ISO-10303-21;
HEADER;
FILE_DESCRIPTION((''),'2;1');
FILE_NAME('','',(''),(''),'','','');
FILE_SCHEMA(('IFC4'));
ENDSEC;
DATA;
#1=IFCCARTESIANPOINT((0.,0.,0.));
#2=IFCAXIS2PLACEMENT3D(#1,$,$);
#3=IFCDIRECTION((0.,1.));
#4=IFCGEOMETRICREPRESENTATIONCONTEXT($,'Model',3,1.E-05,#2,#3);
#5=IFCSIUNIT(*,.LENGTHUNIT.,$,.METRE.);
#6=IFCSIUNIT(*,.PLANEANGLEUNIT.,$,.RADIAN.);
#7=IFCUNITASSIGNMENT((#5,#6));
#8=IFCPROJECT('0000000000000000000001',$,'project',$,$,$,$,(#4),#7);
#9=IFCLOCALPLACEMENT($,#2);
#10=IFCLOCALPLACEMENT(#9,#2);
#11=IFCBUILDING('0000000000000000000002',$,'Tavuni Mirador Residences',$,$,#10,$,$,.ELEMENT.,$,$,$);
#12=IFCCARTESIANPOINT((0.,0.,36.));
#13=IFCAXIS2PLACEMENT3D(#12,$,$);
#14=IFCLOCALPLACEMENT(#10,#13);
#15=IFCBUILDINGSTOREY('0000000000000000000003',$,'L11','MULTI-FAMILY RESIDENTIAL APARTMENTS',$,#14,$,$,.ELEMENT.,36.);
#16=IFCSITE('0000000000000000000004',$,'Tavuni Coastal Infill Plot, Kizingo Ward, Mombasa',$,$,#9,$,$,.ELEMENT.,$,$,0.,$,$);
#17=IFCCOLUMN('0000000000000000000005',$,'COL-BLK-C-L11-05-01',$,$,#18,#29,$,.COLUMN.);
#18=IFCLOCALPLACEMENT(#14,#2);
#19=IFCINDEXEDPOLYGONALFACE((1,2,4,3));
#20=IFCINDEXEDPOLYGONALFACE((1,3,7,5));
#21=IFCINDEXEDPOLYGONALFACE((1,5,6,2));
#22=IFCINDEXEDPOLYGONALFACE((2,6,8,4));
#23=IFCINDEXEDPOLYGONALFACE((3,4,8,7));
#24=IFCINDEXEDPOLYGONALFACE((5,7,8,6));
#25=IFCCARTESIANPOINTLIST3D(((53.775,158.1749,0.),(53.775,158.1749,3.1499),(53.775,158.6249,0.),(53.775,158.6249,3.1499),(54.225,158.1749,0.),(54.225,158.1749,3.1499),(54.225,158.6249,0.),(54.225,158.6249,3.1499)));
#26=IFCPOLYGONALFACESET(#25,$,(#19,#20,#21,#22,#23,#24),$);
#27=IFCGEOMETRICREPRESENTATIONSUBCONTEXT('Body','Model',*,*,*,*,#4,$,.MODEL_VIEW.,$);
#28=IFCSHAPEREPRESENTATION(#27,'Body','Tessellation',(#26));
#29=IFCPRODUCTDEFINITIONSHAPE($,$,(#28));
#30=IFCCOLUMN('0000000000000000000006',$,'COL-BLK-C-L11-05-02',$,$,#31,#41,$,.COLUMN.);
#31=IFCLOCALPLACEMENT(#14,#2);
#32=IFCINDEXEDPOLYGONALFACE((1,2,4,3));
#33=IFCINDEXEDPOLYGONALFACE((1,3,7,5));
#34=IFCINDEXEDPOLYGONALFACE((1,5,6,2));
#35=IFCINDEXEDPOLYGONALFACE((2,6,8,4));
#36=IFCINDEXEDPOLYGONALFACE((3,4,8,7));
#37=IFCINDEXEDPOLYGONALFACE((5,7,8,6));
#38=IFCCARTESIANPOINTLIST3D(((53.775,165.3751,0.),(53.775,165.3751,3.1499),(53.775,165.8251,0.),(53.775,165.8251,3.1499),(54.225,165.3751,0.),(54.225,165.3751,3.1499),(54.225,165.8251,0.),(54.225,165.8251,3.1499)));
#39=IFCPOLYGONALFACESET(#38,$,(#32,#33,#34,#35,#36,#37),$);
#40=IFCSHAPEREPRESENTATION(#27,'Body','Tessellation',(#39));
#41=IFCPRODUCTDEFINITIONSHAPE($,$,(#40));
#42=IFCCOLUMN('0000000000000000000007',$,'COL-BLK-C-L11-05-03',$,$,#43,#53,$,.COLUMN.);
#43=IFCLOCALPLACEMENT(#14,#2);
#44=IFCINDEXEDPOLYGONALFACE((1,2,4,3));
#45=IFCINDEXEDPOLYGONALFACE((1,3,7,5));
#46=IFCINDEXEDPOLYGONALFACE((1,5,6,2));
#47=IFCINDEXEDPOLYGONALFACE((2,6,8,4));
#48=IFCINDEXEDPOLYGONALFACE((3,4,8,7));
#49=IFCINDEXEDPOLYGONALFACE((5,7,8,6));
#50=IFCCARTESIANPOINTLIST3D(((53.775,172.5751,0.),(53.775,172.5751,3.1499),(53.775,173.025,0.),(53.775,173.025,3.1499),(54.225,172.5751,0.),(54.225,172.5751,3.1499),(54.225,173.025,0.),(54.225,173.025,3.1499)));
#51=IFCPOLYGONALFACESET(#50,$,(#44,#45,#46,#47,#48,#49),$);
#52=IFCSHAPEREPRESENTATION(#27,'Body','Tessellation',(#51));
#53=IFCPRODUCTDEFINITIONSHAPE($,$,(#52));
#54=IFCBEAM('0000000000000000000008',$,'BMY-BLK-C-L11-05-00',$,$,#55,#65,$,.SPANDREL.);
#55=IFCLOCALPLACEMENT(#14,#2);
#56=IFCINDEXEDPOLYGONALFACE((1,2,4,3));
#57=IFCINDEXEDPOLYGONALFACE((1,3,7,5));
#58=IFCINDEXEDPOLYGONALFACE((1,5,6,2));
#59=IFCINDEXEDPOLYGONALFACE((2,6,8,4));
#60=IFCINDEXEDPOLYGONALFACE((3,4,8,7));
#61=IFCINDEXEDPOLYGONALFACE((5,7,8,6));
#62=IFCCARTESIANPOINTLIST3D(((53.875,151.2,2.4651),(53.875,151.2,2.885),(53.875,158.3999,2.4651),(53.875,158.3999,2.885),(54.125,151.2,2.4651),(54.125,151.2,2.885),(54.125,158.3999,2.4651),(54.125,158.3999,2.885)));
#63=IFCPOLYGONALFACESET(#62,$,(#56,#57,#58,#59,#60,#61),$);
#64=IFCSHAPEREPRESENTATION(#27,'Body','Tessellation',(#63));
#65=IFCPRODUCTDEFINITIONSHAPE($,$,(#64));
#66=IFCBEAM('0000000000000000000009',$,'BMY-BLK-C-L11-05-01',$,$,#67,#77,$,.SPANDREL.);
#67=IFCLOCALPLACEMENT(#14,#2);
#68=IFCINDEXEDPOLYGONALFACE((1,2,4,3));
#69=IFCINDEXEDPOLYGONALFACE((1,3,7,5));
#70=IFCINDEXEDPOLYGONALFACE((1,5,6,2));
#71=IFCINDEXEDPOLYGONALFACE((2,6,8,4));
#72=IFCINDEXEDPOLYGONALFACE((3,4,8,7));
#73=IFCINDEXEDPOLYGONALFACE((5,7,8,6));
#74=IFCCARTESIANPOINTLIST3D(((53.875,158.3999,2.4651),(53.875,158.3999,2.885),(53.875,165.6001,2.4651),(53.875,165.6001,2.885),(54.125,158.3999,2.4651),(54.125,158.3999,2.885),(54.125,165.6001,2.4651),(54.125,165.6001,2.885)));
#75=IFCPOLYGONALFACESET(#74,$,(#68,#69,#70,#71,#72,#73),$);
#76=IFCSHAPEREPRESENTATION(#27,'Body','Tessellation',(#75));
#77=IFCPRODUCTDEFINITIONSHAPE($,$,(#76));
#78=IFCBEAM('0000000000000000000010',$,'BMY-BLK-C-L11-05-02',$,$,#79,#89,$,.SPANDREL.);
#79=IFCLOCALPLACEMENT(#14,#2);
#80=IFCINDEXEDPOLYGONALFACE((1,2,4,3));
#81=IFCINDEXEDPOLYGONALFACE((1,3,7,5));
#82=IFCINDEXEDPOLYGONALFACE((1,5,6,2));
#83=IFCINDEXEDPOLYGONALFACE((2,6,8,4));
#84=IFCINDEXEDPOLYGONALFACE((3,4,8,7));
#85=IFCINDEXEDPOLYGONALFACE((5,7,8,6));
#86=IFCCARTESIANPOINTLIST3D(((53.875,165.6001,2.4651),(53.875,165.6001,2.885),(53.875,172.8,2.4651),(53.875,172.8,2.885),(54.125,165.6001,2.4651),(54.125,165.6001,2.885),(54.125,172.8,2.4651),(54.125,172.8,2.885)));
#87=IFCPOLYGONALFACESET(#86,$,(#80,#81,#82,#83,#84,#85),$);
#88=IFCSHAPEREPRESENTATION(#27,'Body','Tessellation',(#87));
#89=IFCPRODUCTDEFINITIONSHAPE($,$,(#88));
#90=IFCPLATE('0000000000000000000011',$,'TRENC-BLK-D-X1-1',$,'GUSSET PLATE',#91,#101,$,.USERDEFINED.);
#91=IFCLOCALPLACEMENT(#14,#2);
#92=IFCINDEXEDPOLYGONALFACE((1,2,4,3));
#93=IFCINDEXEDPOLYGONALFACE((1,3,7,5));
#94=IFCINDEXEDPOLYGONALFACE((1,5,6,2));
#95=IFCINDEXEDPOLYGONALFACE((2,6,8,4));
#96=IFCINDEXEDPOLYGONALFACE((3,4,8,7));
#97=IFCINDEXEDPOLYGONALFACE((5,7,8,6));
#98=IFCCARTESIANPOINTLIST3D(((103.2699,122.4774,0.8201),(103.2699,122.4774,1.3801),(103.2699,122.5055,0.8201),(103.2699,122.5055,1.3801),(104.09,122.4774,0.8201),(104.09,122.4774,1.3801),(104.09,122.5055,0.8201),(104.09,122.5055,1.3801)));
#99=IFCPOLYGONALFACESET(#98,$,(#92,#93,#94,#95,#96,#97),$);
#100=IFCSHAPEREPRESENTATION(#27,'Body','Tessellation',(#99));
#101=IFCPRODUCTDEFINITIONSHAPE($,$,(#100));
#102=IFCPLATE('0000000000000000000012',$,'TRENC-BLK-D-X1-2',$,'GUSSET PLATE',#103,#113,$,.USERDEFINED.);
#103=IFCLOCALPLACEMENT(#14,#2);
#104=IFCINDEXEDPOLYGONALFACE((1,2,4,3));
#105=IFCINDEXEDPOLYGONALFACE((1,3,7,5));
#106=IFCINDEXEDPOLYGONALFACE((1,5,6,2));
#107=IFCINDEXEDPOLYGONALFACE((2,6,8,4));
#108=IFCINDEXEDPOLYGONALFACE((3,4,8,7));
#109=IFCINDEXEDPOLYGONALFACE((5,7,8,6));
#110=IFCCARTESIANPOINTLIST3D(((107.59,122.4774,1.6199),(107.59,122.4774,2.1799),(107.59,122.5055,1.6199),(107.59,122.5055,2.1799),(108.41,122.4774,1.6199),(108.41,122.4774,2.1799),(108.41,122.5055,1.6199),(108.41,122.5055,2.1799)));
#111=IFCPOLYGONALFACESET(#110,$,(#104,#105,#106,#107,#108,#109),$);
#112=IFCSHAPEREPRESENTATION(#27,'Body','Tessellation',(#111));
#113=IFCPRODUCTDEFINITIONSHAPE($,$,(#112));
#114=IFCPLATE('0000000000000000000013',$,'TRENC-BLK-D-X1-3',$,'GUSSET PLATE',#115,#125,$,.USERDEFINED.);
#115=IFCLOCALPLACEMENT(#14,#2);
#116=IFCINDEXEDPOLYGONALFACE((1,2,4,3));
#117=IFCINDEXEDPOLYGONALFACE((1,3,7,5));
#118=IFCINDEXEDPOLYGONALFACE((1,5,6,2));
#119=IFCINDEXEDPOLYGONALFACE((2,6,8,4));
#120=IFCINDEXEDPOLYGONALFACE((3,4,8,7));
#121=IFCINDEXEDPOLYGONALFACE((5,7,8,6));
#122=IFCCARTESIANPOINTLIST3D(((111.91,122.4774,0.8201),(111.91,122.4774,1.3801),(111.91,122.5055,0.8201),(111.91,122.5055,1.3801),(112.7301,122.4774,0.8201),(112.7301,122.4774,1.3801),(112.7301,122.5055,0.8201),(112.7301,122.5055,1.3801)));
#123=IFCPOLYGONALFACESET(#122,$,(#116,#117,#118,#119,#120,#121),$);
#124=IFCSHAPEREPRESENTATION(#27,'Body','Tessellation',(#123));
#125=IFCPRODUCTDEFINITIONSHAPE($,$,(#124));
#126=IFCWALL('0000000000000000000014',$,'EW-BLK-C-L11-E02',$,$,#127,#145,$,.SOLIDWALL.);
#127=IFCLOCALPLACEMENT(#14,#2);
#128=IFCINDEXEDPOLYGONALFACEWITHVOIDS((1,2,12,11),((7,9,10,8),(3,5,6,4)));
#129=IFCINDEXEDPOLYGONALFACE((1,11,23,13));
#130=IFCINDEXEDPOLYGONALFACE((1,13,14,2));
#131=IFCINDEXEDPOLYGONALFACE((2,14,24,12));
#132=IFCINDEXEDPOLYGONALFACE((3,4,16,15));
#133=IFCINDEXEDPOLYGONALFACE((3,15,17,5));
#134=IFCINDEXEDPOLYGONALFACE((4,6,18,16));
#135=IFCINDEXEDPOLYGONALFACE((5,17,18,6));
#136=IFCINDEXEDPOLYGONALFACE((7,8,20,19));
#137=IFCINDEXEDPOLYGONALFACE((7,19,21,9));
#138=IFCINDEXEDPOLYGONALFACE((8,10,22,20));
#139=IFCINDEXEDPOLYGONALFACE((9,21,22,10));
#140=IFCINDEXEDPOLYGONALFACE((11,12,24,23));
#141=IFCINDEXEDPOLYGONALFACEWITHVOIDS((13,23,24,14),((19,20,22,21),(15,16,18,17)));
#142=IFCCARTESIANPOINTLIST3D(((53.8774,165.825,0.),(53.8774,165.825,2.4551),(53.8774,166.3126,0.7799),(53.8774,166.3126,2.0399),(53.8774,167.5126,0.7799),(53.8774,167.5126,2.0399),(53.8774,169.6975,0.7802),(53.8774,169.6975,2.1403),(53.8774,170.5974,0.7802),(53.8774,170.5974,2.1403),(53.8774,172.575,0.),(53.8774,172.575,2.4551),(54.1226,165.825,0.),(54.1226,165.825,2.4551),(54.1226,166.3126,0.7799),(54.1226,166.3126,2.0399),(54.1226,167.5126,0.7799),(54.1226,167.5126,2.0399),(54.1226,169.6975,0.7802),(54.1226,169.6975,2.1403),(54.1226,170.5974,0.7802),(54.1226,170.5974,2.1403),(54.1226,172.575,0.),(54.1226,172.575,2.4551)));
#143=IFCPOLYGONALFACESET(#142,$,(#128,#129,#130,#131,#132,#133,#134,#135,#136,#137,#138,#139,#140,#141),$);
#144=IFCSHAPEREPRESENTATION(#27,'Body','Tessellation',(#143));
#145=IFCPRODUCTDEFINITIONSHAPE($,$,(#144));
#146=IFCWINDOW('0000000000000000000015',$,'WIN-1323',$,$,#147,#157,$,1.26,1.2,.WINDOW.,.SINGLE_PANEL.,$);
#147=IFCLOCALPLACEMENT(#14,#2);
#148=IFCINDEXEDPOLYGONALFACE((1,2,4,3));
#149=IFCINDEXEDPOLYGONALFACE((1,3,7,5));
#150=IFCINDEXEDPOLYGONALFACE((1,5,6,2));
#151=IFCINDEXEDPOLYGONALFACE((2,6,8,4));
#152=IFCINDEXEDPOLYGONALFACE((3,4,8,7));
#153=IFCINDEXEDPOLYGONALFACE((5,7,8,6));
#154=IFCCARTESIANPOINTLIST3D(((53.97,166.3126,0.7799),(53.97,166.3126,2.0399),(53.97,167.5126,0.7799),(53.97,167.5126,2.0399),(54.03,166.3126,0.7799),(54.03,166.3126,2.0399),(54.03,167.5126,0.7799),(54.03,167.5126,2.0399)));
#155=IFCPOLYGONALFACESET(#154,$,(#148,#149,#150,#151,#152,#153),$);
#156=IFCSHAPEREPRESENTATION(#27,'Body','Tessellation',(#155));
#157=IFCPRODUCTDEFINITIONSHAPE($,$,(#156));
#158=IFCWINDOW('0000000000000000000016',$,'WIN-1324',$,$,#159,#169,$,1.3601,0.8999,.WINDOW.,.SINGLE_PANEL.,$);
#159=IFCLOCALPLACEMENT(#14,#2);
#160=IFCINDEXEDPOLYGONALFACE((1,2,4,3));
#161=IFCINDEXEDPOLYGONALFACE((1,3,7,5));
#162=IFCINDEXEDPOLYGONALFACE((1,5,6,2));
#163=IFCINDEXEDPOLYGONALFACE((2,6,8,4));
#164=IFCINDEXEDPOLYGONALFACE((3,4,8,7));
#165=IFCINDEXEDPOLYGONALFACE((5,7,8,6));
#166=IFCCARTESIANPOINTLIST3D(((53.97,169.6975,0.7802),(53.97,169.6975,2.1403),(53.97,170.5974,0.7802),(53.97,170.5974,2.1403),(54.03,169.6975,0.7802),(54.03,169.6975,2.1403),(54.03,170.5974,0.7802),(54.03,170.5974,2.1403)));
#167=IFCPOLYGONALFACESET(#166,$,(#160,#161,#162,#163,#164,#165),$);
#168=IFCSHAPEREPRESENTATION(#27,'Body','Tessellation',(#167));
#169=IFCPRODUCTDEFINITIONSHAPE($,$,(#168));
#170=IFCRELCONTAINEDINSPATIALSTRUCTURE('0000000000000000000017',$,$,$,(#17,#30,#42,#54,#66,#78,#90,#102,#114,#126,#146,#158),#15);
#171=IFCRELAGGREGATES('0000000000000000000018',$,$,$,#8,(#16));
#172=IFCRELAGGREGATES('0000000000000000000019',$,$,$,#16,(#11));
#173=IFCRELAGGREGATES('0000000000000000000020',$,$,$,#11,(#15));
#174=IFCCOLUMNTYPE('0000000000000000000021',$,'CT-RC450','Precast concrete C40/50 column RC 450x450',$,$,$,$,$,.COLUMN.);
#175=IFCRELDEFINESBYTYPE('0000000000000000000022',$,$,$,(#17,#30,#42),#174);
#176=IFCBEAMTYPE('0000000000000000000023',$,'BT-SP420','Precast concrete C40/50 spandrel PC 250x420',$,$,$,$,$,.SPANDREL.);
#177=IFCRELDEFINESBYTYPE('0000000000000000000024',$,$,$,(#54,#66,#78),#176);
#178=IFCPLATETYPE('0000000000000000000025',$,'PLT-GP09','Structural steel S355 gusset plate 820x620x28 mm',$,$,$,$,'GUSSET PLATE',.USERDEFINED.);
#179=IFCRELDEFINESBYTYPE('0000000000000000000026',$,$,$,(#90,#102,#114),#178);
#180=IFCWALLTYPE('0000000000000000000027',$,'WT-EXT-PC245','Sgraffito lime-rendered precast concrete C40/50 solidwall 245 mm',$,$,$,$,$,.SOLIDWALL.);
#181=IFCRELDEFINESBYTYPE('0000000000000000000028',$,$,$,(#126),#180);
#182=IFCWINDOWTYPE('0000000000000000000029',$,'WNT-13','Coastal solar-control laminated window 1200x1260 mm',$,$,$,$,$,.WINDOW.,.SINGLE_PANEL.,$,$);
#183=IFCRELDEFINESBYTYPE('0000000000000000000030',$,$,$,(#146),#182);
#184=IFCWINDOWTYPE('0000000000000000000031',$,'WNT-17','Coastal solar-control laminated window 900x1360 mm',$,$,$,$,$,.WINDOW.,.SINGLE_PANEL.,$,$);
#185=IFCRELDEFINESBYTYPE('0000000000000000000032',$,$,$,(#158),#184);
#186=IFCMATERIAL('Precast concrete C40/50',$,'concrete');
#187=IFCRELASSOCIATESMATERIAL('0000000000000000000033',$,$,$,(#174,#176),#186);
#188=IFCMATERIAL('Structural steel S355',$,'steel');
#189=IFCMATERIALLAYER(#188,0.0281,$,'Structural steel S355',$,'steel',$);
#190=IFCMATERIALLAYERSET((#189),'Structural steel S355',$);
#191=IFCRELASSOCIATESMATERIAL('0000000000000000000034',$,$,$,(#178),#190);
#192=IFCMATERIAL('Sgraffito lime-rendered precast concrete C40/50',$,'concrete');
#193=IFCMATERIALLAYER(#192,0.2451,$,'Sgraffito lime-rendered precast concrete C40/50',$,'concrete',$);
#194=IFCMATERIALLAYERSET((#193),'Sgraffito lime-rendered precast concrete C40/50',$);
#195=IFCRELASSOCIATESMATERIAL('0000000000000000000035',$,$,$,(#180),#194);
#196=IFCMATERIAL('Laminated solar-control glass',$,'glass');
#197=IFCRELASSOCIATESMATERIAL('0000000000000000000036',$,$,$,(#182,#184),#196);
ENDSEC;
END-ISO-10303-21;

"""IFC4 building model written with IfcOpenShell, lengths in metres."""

from ifc_helpers import new_model, si_unit, direction, frame, frame_2d, origin, origin_2d, place, context, subcontext, project, spatial, rectangle, extrude, material, layer, layer_set, material_profile, profile_set, type_object, element, fill, save


model = new_model("IFC4")

# Units and contexts
model_context = context("Model", 3, precision=1e-05, world=origin(), true_north=direction((0.0, 1.0)))
body_context = subcontext(model_context, "Body", "Model", "MODEL_VIEW")
ifc_project = project(units=[si_unit("LENGTHUNIT", "METRE"), si_unit("PLANEANGLEUNIT", "RADIAN")], contexts=[model_context])

# Site, building, storey
site_placement = place(None, origin())
site = spatial("IfcSite", under=ifc_project, at=site_placement, Name="Tavuni Coastal Infill Plot, Kizingo Ward, Mombasa", CompositionType="ELEMENT", RefElevation=0.0)
building_placement = place(site_placement, origin())
building = spatial("IfcBuilding", under=site, at=building_placement, Name="Tavuni Mirador Residences", CompositionType="ELEMENT")
storey_placement = place(building_placement, frame((0.0, 0.0, 36.0)))
storey = spatial("IfcBuildingStorey", under=building, at=storey_placement, Name="L11", Description="MULTI-FAMILY RESIDENTIAL APARTMENTS", CompositionType="ELEMENT", Elevation=36.0)

# Columns
ifc_material_1 = material(Name="Precast concrete C40/50", Category="concrete")
ifc_material_profile_1 = material_profile(ifc_material_1, rectangle(XDim=0.45, YDim=0.45, at=origin_2d()), Name="RC 450x450", Category="concrete")
ifc_profile_set_1 = profile_set([ifc_material_profile_1], Name="Precast concrete C40/50")
column_type = type_object("IfcColumnType", Name="CT-RC450", Description="Precast concrete C40/50 column RC 450x450", PredefinedType="COLUMN", material=ifc_profile_set_1)
for number, where, z_axis, x_axis, name in (
    (1, (54.0, 158.3999, 0.0), (0.0, 0.0, 1.0), (1.0, 0.0, 0.0), "COL-BLK-C-L11-05-01"),
    (2, (54.0, 165.6001, 0.0), (0.0, 0.0, 1.0), (1.0, 0.0, 0.0), "COL-BLK-C-L11-05-02"),
    (3, (54.0, 172.8, 0.0), (0.0, 0.0, 1.0), (1.0, 0.0, 0.0), "COL-BLK-C-L11-05-03"),
):
    element("IfcColumn", number, at=place(storey_placement, frame(where, z_axis=z_axis, x_axis=x_axis)), inside=storey, type_object=column_type, Name=name, PredefinedType="COLUMN", context=body_context, shape_type="SweptSolid", body=[
        extrude(rectangle(XDim=0.45, YDim=0.45, at=origin_2d()), origin(), (0.0, 0.0, 1.0), 3.1499),
    ])

# Beams
ifc_material_profile_2 = material_profile(ifc_material_1, rectangle(XDim=0.25, YDim=0.4199, at=origin_2d()), Name="PC 250x420", Category="concrete")
ifc_profile_set_2 = profile_set([ifc_material_profile_2], Name="Precast concrete C40/50")
beam_type = type_object("IfcBeamType", Name="BT-SP420", Description="Precast concrete C40/50 spandrel PC 250x420", PredefinedType="SPANDREL", material=ifc_profile_set_2)
beam_1_placement = place(storey_placement, frame((54.0, 151.2, 2.675), z_axis=(0.0, 1.0, 0.0), x_axis=(-1.0, 0.0, 0.0)))
element("IfcBeam", 4, at=beam_1_placement, inside=storey, type_object=beam_type, Name="BMY-BLK-C-L11-05-00", PredefinedType="SPANDREL", context=body_context, shape_type="SweptSolid", body=[
    extrude(rectangle(XDim=0.25, YDim=0.4199, at=origin_2d()), origin(), (0.0, 0.0, 1.0), 7.2),
])
beam_2_placement = place(storey_placement, frame((54.0, 158.3999, 2.675), z_axis=(0.0, 1.0, 0.0), x_axis=(-1.0, 0.0, 0.0)))
element("IfcBeam", 5, at=beam_2_placement, inside=storey, type_object=beam_type, Name="BMY-BLK-C-L11-05-01", PredefinedType="SPANDREL", context=body_context, shape_type="SweptSolid", body=[
    extrude(rectangle(XDim=0.25, YDim=0.4199, at=origin_2d()), origin(), (0.0, 0.0, 1.0), 7.2002),
])
beam_3_placement = place(storey_placement, frame((54.0, 165.6001, 2.675), z_axis=(0.0, 1.0, 0.0), x_axis=(-1.0, 0.0, 0.0)))
element("IfcBeam", 6, at=beam_3_placement, inside=storey, type_object=beam_type, Name="BMY-BLK-C-L11-05-02", PredefinedType="SPANDREL", context=body_context, shape_type="SweptSolid", body=[
    extrude(rectangle(XDim=0.25, YDim=0.4199, at=origin_2d()), origin(), (0.0, 0.0, 1.0), 7.2),
])

# Plates
ifc_material_2 = material(Name="Structural steel S355", Category="steel")
ifc_layer_1 = layer(ifc_material_2, 0.0281, Name="Structural steel S355", Category="steel")
ifc_layer_set_1 = layer_set([ifc_layer_1], Name="Structural steel S355")
plate_type = type_object("IfcPlateType", Name="PLT-GP09", Description="Structural steel S355 gusset plate 820x620x28 mm", ElementType="GUSSET PLATE", PredefinedType="USERDEFINED", material=ifc_layer_set_1)
for number, where, z_axis, x_axis, name in (
    (7, (103.6799, 122.4915, 0.8201), (0.0, 0.0, 1.0), (1.0, 0.0, 0.0), "TRENC-BLK-D-X1-1"),
    (8, (108.0, 122.4915, 1.6199), (0.0, 0.0, 1.0), (1.0, 0.0, 0.0), "TRENC-BLK-D-X1-2"),
    (9, (112.3201, 122.4915, 0.8201), (0.0, 0.0, 1.0), (1.0, 0.0, 0.0), "TRENC-BLK-D-X1-3"),
):
    element("IfcPlate", number, at=place(storey_placement, frame(where, z_axis=z_axis, x_axis=x_axis)), inside=storey, type_object=plate_type, Name=name, ObjectType="GUSSET PLATE", PredefinedType="USERDEFINED", context=body_context, shape_type="SweptSolid", body=[
        extrude(rectangle(XDim=0.8201, YDim=0.0281, at=origin_2d()), origin(), (0.0, 0.0, 1.0), 0.5601),
    ])

# Wall, openings, windows
ifc_material_3 = material(Name="Sgraffito lime-rendered precast concrete C40/50", Category="concrete")
ifc_layer_2 = layer(ifc_material_3, 0.2451, Name="Sgraffito lime-rendered precast concrete C40/50", Category="concrete")
ifc_layer_set_2 = layer_set([ifc_layer_2], Name="Sgraffito lime-rendered precast concrete C40/50")
wall_type_1 = type_object("IfcWallType", Name="WT-EXT-PC245", Description="Sgraffito lime-rendered precast concrete C40/50 solidwall 245 mm", PredefinedType="SOLIDWALL", material=ifc_layer_set_2)
wall_1_placement = place(storey_placement, frame((54.0, 165.825, 0.0), z_axis=(0.0, 0.0, 1.0), x_axis=(0.0, 1.0, 0.0)))
wall_1 = element("IfcWall", 10, at=wall_1_placement, inside=storey, type_object=wall_type_1, Name="EW-BLK-C-L11-E02", PredefinedType="SOLIDWALL", context=body_context, shape_type="SweptSolid", body=[
    extrude(rectangle(XDim=6.75, YDim=0.2451, at=frame_2d((3.375, 0.0))), origin(), (0.0, 0.0, 1.0), 2.4551),
])
opening_1_placement = place(wall_1_placement, frame((0.4875, 0.0, 0.78)))
opening_1 = element("IfcOpeningElement", 11, at=opening_1_placement, cuts=wall_1, PredefinedType="OPENING", context=body_context, shape_type="SweptSolid", body=[
    extrude(rectangle(XDim=1.2, YDim=1.26, at=frame_2d((0.6001, 0.6299))), frame((0.0, 0.1326, 0.0), z_axis=(0.0, -1.0, 0.0), x_axis=(1.0, 0.0, 0.0)), (0.0, 0.0, 1.0), 0.2651),
])
opening_2_placement = place(wall_1_placement, frame((3.8726, 0.0, 0.78)))
opening_2 = element("IfcOpeningElement", 12, at=opening_2_placement, cuts=wall_1, PredefinedType="OPENING", context=body_context, shape_type="SweptSolid", body=[
    extrude(rectangle(XDim=0.8999, YDim=1.3601, at=frame_2d((0.45, 0.6802))), frame((0.0, 0.1326, 0.0), z_axis=(0.0, -1.0, 0.0), x_axis=(1.0, 0.0, 0.0)), (0.0, 0.0, 1.0), 0.2651),
])
ifc_material_4 = material(Name="Laminated solar-control glass", Category="glass")
window_type_1 = type_object("IfcWindowType", Name="WNT-13", Description="Coastal solar-control laminated window 1200x1260 mm", PartitioningType="SINGLE_PANEL", PredefinedType="WINDOW", material=ifc_material_4)
window_1_placement = place(opening_1_placement, origin())
window_1 = element("IfcWindow", 13, at=window_1_placement, inside=storey, type_object=window_type_1, Name="WIN-1323", OverallHeight=1.26, OverallWidth=1.2, PartitioningType="SINGLE_PANEL", PredefinedType="WINDOW", context=body_context, shape_type="SweptSolid", body=[
    extrude(rectangle(XDim=1.2, YDim=1.26, at=frame_2d((0.6001, 0.6299))), frame((0.0, 0.03, 0.0), z_axis=(0.0, -1.0, 0.0), x_axis=(1.0, 0.0, 0.0)), (0.0, 0.0, 1.0), 0.0601),
])
fill(opening_1, window_1)
window_type_2 = type_object("IfcWindowType", Name="WNT-17", Description="Coastal solar-control laminated window 900x1360 mm", PartitioningType="SINGLE_PANEL", PredefinedType="WINDOW", material=ifc_material_4)
window_2_placement = place(opening_2_placement, origin())
window_2 = element("IfcWindow", 14, at=window_2_placement, inside=storey, type_object=window_type_2, Name="WIN-1324", OverallHeight=1.3601, OverallWidth=0.8999, PartitioningType="SINGLE_PANEL", PredefinedType="WINDOW", context=body_context, shape_type="SweptSolid", body=[
    extrude(rectangle(XDim=0.8999, YDim=1.3601, at=frame_2d((0.45, 0.6802))), frame((0.0, 0.03, 0.0), z_axis=(0.0, -1.0, 0.0), x_axis=(1.0, 0.0, 0.0)), (0.0, 0.0, 1.0), 0.0601),
])
fill(opening_2, window_2)

save(model, "model.ifc")
